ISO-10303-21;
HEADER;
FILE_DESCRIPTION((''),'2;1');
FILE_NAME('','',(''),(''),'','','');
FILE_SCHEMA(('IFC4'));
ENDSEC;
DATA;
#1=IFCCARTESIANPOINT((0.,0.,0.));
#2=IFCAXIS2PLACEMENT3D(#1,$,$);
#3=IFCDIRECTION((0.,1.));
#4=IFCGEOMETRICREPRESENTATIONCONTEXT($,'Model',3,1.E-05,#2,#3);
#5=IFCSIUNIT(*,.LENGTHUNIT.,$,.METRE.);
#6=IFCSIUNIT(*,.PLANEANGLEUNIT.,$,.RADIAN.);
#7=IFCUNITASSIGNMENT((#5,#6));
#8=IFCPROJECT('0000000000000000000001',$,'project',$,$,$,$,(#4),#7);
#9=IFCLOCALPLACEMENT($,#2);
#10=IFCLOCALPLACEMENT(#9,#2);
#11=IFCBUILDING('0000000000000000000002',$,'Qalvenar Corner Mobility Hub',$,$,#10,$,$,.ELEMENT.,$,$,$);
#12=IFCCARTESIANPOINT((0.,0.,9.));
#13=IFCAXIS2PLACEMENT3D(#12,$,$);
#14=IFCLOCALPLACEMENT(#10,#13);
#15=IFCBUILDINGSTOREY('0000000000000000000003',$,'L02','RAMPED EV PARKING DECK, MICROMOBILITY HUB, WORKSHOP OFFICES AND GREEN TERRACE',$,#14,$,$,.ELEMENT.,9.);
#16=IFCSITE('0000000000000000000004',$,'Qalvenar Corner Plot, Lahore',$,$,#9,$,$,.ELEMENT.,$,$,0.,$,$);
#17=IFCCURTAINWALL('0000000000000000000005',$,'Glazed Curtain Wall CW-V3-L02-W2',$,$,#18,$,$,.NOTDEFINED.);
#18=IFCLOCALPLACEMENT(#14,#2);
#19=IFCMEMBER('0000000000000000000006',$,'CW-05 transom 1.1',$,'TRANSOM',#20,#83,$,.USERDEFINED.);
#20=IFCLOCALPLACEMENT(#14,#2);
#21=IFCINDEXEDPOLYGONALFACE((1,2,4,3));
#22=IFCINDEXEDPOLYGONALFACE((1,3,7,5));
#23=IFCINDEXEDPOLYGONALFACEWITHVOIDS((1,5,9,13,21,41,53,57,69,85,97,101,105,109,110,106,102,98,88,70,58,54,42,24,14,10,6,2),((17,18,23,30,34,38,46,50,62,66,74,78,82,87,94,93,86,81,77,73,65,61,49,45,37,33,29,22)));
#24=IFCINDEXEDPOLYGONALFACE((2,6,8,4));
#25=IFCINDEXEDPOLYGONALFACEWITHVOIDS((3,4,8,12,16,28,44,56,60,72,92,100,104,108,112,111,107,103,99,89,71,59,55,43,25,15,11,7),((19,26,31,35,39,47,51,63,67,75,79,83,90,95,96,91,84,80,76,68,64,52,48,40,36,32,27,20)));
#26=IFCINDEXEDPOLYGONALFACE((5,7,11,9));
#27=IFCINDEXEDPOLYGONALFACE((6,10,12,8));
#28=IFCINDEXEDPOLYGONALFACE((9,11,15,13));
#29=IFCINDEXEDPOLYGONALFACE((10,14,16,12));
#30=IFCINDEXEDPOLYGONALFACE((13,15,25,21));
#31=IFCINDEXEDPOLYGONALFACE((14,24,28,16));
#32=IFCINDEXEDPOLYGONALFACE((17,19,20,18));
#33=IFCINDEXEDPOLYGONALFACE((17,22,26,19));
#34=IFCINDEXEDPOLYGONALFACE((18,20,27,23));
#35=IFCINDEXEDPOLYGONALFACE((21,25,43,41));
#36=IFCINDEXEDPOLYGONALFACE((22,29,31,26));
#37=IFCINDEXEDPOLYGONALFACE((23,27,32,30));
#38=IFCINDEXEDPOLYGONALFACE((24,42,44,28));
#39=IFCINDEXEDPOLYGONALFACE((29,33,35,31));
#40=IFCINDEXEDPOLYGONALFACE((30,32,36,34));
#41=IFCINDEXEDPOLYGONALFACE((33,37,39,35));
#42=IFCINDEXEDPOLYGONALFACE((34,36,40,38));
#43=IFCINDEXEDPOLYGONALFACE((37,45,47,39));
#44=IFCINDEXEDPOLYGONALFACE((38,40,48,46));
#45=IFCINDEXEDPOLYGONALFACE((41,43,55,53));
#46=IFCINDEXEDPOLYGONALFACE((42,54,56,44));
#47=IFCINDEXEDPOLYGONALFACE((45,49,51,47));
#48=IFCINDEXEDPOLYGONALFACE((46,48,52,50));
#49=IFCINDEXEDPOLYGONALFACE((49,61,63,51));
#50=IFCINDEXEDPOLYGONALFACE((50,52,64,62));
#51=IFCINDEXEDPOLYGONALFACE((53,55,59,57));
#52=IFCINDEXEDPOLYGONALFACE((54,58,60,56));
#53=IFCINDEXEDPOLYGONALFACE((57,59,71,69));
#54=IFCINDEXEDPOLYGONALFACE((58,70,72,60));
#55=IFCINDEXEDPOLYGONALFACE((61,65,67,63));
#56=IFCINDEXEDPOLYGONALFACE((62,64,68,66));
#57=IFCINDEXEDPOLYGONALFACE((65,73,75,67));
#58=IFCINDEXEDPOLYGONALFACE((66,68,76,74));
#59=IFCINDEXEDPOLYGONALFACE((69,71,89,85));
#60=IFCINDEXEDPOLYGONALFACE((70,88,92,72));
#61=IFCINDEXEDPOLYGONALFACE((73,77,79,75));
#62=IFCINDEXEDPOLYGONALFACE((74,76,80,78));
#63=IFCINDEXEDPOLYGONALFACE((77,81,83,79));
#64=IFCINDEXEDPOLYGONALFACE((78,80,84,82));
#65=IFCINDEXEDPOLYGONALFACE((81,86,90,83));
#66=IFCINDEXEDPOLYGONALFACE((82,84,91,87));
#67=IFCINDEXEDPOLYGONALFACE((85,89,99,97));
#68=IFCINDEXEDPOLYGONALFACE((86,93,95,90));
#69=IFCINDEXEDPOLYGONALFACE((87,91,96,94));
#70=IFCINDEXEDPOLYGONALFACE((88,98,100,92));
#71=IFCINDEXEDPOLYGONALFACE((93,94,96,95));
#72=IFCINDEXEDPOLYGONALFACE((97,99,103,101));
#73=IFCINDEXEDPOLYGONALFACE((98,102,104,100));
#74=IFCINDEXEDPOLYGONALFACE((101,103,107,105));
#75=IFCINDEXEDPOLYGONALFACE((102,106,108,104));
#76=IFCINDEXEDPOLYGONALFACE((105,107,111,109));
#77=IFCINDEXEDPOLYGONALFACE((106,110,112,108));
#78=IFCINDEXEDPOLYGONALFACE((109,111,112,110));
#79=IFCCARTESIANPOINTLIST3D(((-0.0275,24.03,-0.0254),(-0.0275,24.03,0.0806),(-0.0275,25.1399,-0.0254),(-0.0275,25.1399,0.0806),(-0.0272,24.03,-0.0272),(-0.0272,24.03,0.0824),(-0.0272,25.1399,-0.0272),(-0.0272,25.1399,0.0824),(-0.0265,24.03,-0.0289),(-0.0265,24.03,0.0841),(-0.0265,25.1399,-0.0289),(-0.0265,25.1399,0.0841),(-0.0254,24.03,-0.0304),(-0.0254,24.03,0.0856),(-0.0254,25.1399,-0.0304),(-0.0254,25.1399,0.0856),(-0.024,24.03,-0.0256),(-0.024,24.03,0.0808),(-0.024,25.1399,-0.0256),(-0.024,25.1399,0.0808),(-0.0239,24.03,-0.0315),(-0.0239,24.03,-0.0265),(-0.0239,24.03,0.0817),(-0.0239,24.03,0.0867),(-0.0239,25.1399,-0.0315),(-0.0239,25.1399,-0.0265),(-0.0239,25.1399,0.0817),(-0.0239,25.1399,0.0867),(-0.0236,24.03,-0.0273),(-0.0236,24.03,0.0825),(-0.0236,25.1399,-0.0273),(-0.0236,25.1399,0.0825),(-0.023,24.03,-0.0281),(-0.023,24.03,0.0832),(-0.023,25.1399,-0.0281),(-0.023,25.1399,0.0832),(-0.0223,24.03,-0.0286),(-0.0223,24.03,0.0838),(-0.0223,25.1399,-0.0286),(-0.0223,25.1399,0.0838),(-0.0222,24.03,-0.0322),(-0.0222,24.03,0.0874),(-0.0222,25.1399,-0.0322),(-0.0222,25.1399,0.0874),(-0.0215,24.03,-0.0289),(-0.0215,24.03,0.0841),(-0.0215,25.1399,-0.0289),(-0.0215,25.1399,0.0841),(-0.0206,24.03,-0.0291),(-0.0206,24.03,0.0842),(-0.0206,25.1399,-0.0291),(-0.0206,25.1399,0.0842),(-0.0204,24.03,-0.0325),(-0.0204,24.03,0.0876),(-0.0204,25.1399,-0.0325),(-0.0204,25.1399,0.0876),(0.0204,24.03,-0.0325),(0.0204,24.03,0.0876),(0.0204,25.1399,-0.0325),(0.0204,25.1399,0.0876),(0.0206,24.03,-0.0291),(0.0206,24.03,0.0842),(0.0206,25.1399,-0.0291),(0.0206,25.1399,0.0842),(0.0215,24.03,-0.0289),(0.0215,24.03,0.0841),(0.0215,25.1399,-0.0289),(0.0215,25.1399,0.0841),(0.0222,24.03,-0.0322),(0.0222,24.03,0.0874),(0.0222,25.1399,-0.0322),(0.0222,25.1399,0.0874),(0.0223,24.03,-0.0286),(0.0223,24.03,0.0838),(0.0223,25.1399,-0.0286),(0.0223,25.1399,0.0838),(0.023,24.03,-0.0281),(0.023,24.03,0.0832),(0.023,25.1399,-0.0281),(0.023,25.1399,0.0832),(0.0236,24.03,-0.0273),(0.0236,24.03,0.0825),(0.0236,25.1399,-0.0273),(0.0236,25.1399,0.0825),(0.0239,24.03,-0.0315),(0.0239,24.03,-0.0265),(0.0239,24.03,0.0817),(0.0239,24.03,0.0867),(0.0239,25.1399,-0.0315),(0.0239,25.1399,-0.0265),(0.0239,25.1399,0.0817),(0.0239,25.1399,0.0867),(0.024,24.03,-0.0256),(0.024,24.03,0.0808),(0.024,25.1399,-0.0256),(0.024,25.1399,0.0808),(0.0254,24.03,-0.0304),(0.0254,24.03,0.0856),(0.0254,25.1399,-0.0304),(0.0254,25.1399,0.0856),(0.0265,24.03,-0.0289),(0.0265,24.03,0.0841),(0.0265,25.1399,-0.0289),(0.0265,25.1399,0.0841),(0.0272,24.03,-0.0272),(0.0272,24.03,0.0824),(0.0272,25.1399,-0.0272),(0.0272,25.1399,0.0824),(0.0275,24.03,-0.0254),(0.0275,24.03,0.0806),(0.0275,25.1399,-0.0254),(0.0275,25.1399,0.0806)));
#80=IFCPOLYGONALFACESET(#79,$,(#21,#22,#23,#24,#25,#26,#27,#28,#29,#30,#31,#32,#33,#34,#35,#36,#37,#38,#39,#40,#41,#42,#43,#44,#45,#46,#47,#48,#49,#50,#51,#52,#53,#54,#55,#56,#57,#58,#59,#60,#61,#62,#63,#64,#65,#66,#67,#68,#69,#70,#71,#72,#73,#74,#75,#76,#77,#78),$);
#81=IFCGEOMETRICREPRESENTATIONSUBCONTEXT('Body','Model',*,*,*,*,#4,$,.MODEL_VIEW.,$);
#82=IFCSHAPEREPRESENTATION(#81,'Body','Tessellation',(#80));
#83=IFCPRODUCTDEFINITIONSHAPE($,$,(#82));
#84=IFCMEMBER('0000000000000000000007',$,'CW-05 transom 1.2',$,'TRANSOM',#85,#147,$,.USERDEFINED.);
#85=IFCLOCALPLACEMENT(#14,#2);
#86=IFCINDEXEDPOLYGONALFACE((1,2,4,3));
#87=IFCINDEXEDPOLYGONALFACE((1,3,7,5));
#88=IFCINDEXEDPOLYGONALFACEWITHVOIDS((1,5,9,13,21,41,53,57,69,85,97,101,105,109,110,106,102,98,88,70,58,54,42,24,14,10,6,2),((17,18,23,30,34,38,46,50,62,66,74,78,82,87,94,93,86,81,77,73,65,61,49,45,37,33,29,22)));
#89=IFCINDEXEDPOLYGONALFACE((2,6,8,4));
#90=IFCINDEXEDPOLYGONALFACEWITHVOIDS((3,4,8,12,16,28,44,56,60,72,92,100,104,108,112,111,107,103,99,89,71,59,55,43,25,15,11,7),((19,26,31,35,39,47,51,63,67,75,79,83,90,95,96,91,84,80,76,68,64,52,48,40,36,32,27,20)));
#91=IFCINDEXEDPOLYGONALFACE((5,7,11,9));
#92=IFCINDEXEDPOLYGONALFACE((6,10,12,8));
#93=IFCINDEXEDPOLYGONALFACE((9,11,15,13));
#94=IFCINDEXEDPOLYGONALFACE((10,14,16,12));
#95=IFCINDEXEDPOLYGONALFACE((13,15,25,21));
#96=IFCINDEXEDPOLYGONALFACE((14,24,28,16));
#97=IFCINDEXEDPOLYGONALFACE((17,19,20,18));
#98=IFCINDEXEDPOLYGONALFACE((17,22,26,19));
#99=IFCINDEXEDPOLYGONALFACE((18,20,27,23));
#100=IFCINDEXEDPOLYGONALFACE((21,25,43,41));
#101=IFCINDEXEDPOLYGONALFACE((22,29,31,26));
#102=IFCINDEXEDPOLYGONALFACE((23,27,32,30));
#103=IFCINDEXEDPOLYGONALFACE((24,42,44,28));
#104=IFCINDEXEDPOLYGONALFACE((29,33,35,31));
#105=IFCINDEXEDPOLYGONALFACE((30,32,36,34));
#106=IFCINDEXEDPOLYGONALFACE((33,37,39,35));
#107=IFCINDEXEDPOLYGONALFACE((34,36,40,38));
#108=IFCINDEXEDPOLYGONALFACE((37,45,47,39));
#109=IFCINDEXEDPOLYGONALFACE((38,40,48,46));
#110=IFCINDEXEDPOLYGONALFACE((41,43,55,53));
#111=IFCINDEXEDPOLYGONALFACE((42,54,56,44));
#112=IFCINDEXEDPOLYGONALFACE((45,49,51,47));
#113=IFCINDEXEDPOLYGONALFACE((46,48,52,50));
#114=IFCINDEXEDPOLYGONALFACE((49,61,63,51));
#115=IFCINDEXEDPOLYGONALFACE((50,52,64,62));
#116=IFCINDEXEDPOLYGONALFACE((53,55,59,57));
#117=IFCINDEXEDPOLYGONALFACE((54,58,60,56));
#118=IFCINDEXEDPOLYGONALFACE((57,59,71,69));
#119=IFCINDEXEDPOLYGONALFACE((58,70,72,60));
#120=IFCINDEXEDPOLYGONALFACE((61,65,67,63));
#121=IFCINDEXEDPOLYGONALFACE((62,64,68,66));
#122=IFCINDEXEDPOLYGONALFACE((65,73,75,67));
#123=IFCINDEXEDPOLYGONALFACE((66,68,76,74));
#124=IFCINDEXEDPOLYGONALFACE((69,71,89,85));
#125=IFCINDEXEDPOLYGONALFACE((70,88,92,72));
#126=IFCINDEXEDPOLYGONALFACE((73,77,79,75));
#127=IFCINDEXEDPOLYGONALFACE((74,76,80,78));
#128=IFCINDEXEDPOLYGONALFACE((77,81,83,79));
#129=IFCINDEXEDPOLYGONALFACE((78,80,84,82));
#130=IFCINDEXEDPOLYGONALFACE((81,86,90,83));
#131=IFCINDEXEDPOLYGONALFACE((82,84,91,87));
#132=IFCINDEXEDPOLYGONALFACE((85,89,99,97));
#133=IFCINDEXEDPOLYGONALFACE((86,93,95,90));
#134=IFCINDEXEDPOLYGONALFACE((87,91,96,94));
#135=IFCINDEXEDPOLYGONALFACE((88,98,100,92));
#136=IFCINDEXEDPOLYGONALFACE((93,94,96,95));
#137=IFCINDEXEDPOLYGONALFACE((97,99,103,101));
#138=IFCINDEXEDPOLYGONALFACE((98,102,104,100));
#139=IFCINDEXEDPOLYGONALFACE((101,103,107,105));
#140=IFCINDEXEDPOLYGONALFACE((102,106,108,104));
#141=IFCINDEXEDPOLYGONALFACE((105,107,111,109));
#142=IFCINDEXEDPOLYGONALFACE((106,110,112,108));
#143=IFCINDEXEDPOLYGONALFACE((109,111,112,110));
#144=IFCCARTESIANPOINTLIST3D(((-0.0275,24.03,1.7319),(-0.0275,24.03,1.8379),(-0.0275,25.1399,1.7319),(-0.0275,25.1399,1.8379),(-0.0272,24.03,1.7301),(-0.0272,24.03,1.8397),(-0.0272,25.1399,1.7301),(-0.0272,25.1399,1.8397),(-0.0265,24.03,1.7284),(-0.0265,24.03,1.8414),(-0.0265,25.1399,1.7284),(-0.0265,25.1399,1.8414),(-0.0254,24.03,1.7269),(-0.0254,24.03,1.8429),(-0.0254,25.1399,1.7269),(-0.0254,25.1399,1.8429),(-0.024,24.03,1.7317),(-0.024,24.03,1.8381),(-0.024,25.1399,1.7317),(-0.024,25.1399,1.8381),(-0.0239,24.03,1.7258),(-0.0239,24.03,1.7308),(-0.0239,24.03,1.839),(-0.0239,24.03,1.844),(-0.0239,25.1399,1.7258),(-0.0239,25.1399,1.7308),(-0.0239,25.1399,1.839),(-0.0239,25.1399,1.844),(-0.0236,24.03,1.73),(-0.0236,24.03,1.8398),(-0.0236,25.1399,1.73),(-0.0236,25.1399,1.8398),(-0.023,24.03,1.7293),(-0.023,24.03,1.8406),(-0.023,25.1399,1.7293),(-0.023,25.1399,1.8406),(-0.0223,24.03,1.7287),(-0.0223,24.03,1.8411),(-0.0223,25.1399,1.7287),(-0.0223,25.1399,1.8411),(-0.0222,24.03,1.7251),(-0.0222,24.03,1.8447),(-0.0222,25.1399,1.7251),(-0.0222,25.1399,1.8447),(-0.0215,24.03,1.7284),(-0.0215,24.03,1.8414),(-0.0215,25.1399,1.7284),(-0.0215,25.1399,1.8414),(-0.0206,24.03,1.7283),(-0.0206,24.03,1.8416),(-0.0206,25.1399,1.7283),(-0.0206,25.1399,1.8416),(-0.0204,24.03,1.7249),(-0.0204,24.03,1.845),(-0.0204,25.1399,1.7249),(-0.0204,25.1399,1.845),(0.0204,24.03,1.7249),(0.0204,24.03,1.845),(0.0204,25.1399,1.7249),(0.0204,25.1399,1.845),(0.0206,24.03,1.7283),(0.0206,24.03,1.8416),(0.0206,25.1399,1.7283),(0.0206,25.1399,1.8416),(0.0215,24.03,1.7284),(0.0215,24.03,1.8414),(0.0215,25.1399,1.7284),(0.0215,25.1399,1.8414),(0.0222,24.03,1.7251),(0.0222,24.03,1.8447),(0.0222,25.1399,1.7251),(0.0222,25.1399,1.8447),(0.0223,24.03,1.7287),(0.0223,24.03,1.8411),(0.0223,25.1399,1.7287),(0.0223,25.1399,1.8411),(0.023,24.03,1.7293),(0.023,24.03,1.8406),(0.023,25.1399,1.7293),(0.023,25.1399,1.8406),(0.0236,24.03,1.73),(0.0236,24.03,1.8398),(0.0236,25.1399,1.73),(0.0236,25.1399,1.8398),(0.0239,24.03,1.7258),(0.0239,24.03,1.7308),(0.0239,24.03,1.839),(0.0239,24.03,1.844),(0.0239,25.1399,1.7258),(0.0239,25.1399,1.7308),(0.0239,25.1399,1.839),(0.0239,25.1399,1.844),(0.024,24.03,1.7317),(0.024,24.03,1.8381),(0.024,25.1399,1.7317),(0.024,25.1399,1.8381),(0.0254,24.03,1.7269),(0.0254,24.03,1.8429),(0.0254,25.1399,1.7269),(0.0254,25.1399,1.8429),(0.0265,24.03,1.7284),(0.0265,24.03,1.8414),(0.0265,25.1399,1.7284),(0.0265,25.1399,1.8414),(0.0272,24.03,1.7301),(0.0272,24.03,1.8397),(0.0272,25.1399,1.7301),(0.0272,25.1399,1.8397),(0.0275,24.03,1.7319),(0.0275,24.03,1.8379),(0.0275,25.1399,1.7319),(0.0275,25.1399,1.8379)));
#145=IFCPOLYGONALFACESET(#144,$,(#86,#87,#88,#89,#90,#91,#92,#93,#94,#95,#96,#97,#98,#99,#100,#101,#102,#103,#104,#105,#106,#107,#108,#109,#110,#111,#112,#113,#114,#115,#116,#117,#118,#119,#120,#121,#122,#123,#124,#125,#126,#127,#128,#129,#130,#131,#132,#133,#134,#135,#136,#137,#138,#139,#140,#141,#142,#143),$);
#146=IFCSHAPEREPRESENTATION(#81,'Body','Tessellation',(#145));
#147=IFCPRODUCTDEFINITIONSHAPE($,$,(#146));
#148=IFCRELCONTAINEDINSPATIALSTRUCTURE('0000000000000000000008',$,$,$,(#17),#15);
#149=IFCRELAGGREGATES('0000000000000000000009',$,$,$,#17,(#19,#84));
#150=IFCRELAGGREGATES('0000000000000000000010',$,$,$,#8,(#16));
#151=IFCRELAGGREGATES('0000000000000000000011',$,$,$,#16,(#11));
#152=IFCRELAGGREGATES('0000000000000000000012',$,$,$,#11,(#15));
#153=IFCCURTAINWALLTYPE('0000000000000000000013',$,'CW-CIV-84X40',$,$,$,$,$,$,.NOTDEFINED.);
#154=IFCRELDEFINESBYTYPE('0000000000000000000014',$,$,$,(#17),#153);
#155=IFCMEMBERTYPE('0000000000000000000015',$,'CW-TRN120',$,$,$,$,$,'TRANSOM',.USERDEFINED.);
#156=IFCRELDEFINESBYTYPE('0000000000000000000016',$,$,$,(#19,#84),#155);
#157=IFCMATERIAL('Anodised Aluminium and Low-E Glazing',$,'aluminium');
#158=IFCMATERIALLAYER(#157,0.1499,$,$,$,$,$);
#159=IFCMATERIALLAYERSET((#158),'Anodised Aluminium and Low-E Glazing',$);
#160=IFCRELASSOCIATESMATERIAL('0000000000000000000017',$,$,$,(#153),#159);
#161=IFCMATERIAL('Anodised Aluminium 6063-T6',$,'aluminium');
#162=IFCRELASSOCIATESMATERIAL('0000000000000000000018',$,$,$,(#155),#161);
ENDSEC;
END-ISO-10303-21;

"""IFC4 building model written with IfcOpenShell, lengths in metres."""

from ifc_helpers import new_model, si_unit, direction, frame, origin, origin_2d, place, context, subcontext, project, spatial, hollow_rectangle, extrude, material, layer, layer_set, material_profile, profile_set, type_object, element, aggregate, save


model = new_model("IFC4")

# Units and contexts
model_context = context("Model", 3, precision=1e-05, world=origin(), true_north=direction((0.0, 1.0)))
body_context = subcontext(model_context, "Body", "Model", "MODEL_VIEW")
ifc_project = project(units=[si_unit("LENGTHUNIT", "METRE"), si_unit("PLANEANGLEUNIT", "RADIAN")], contexts=[model_context])

# Site, building, storey
site_placement = place(None, origin())
site = spatial("IfcSite", under=ifc_project, at=site_placement, Name="Qalvenar Corner Plot, Lahore", CompositionType="ELEMENT", RefElevation=0.0)
building_placement = place(site_placement, origin())
building = spatial("IfcBuilding", under=site, at=building_placement, Name="Qalvenar Corner Mobility Hub", CompositionType="ELEMENT")
storey_placement = place(building_placement, frame((0.0, 0.0, 9.0)))
storey = spatial("IfcBuildingStorey", under=building, at=storey_placement, Name="L02", Description="RAMPED EV PARKING DECK, MICROMOBILITY HUB, WORKSHOP OFFICES AND GREEN TERRACE", CompositionType="ELEMENT", Elevation=9.0)

# Curtain wall, members
ifc_material_1 = material(Name="Anodised Aluminium and Low-E Glazing", Category="aluminium")
ifc_layer_1 = layer(ifc_material_1, 0.1499)
ifc_layer_set_1 = layer_set([ifc_layer_1], Name="Anodised Aluminium and Low-E Glazing")
curtain_wall_type = type_object("IfcCurtainWallType", Name="CW-CIV-84X40", PredefinedType="NOTDEFINED", material=ifc_layer_set_1)
curtain_wall_placement = place(storey_placement, origin())
curtain_wall = element("IfcCurtainWall", 1, at=curtain_wall_placement, inside=storey, type_object=curtain_wall_type, Name="Glazed Curtain Wall CW-V3-L02-W2", PredefinedType="NOTDEFINED")
ifc_material_2 = material(Name="Anodised Aluminium 6063-T6", Category="aluminium")
ifc_material_profile_1 = material_profile(ifc_material_2, hollow_rectangle(XDim=0.0549, YDim=0.1201, WallThickness=0.0034, InnerFilletRadius=0.0034, OuterFilletRadius=0.0071, at=origin_2d()), Name="RHS120x55x3.5")
ifc_profile_set_1 = profile_set([ifc_material_profile_1], Name="Anodised Aluminium 6063-T6")
member_type_1 = type_object("IfcMemberType", Name="CW-TRN120", ElementType="TRANSOM", PredefinedType="USERDEFINED", material=ifc_profile_set_1)
member_1_placement = place(storey_placement, frame((0.0, 25.1399, 0.0276), z_axis=(0.0, -1.0, 0.0), x_axis=(1.0, 0.0, 0.0)))
member_1 = element("IfcMember", 2, at=member_1_placement, type_object=member_type_1, Name="CW-05 transom 1.1", ObjectType="TRANSOM", PredefinedType="USERDEFINED", context=body_context, shape_type="SweptSolid", body=[
    extrude(hollow_rectangle(XDim=0.0549, YDim=0.1201, WallThickness=0.0034, InnerFilletRadius=0.0034, OuterFilletRadius=0.0071, at=origin_2d()), origin(), (0.0, 0.0, 1.0), 1.1099),
])
member_2_placement = place(storey_placement, frame((0.0, 25.1399, 1.7849), z_axis=(0.0, -1.0, 0.0), x_axis=(1.0, 0.0, 0.0)))
member_2 = element("IfcMember", 3, at=member_2_placement, type_object=member_type_1, Name="CW-05 transom 1.2", ObjectType="TRANSOM", PredefinedType="USERDEFINED", context=body_context, shape_type="SweptSolid", body=[
    extrude(hollow_rectangle(XDim=0.0549, YDim=0.1201, WallThickness=0.0034, InnerFilletRadius=0.0034, OuterFilletRadius=0.0071, at=origin_2d()), origin(), (0.0, 0.0, 1.0), 1.1099),
])
aggregate(curtain_wall, [member_1, member_2])

save(model, "model.ifc")
